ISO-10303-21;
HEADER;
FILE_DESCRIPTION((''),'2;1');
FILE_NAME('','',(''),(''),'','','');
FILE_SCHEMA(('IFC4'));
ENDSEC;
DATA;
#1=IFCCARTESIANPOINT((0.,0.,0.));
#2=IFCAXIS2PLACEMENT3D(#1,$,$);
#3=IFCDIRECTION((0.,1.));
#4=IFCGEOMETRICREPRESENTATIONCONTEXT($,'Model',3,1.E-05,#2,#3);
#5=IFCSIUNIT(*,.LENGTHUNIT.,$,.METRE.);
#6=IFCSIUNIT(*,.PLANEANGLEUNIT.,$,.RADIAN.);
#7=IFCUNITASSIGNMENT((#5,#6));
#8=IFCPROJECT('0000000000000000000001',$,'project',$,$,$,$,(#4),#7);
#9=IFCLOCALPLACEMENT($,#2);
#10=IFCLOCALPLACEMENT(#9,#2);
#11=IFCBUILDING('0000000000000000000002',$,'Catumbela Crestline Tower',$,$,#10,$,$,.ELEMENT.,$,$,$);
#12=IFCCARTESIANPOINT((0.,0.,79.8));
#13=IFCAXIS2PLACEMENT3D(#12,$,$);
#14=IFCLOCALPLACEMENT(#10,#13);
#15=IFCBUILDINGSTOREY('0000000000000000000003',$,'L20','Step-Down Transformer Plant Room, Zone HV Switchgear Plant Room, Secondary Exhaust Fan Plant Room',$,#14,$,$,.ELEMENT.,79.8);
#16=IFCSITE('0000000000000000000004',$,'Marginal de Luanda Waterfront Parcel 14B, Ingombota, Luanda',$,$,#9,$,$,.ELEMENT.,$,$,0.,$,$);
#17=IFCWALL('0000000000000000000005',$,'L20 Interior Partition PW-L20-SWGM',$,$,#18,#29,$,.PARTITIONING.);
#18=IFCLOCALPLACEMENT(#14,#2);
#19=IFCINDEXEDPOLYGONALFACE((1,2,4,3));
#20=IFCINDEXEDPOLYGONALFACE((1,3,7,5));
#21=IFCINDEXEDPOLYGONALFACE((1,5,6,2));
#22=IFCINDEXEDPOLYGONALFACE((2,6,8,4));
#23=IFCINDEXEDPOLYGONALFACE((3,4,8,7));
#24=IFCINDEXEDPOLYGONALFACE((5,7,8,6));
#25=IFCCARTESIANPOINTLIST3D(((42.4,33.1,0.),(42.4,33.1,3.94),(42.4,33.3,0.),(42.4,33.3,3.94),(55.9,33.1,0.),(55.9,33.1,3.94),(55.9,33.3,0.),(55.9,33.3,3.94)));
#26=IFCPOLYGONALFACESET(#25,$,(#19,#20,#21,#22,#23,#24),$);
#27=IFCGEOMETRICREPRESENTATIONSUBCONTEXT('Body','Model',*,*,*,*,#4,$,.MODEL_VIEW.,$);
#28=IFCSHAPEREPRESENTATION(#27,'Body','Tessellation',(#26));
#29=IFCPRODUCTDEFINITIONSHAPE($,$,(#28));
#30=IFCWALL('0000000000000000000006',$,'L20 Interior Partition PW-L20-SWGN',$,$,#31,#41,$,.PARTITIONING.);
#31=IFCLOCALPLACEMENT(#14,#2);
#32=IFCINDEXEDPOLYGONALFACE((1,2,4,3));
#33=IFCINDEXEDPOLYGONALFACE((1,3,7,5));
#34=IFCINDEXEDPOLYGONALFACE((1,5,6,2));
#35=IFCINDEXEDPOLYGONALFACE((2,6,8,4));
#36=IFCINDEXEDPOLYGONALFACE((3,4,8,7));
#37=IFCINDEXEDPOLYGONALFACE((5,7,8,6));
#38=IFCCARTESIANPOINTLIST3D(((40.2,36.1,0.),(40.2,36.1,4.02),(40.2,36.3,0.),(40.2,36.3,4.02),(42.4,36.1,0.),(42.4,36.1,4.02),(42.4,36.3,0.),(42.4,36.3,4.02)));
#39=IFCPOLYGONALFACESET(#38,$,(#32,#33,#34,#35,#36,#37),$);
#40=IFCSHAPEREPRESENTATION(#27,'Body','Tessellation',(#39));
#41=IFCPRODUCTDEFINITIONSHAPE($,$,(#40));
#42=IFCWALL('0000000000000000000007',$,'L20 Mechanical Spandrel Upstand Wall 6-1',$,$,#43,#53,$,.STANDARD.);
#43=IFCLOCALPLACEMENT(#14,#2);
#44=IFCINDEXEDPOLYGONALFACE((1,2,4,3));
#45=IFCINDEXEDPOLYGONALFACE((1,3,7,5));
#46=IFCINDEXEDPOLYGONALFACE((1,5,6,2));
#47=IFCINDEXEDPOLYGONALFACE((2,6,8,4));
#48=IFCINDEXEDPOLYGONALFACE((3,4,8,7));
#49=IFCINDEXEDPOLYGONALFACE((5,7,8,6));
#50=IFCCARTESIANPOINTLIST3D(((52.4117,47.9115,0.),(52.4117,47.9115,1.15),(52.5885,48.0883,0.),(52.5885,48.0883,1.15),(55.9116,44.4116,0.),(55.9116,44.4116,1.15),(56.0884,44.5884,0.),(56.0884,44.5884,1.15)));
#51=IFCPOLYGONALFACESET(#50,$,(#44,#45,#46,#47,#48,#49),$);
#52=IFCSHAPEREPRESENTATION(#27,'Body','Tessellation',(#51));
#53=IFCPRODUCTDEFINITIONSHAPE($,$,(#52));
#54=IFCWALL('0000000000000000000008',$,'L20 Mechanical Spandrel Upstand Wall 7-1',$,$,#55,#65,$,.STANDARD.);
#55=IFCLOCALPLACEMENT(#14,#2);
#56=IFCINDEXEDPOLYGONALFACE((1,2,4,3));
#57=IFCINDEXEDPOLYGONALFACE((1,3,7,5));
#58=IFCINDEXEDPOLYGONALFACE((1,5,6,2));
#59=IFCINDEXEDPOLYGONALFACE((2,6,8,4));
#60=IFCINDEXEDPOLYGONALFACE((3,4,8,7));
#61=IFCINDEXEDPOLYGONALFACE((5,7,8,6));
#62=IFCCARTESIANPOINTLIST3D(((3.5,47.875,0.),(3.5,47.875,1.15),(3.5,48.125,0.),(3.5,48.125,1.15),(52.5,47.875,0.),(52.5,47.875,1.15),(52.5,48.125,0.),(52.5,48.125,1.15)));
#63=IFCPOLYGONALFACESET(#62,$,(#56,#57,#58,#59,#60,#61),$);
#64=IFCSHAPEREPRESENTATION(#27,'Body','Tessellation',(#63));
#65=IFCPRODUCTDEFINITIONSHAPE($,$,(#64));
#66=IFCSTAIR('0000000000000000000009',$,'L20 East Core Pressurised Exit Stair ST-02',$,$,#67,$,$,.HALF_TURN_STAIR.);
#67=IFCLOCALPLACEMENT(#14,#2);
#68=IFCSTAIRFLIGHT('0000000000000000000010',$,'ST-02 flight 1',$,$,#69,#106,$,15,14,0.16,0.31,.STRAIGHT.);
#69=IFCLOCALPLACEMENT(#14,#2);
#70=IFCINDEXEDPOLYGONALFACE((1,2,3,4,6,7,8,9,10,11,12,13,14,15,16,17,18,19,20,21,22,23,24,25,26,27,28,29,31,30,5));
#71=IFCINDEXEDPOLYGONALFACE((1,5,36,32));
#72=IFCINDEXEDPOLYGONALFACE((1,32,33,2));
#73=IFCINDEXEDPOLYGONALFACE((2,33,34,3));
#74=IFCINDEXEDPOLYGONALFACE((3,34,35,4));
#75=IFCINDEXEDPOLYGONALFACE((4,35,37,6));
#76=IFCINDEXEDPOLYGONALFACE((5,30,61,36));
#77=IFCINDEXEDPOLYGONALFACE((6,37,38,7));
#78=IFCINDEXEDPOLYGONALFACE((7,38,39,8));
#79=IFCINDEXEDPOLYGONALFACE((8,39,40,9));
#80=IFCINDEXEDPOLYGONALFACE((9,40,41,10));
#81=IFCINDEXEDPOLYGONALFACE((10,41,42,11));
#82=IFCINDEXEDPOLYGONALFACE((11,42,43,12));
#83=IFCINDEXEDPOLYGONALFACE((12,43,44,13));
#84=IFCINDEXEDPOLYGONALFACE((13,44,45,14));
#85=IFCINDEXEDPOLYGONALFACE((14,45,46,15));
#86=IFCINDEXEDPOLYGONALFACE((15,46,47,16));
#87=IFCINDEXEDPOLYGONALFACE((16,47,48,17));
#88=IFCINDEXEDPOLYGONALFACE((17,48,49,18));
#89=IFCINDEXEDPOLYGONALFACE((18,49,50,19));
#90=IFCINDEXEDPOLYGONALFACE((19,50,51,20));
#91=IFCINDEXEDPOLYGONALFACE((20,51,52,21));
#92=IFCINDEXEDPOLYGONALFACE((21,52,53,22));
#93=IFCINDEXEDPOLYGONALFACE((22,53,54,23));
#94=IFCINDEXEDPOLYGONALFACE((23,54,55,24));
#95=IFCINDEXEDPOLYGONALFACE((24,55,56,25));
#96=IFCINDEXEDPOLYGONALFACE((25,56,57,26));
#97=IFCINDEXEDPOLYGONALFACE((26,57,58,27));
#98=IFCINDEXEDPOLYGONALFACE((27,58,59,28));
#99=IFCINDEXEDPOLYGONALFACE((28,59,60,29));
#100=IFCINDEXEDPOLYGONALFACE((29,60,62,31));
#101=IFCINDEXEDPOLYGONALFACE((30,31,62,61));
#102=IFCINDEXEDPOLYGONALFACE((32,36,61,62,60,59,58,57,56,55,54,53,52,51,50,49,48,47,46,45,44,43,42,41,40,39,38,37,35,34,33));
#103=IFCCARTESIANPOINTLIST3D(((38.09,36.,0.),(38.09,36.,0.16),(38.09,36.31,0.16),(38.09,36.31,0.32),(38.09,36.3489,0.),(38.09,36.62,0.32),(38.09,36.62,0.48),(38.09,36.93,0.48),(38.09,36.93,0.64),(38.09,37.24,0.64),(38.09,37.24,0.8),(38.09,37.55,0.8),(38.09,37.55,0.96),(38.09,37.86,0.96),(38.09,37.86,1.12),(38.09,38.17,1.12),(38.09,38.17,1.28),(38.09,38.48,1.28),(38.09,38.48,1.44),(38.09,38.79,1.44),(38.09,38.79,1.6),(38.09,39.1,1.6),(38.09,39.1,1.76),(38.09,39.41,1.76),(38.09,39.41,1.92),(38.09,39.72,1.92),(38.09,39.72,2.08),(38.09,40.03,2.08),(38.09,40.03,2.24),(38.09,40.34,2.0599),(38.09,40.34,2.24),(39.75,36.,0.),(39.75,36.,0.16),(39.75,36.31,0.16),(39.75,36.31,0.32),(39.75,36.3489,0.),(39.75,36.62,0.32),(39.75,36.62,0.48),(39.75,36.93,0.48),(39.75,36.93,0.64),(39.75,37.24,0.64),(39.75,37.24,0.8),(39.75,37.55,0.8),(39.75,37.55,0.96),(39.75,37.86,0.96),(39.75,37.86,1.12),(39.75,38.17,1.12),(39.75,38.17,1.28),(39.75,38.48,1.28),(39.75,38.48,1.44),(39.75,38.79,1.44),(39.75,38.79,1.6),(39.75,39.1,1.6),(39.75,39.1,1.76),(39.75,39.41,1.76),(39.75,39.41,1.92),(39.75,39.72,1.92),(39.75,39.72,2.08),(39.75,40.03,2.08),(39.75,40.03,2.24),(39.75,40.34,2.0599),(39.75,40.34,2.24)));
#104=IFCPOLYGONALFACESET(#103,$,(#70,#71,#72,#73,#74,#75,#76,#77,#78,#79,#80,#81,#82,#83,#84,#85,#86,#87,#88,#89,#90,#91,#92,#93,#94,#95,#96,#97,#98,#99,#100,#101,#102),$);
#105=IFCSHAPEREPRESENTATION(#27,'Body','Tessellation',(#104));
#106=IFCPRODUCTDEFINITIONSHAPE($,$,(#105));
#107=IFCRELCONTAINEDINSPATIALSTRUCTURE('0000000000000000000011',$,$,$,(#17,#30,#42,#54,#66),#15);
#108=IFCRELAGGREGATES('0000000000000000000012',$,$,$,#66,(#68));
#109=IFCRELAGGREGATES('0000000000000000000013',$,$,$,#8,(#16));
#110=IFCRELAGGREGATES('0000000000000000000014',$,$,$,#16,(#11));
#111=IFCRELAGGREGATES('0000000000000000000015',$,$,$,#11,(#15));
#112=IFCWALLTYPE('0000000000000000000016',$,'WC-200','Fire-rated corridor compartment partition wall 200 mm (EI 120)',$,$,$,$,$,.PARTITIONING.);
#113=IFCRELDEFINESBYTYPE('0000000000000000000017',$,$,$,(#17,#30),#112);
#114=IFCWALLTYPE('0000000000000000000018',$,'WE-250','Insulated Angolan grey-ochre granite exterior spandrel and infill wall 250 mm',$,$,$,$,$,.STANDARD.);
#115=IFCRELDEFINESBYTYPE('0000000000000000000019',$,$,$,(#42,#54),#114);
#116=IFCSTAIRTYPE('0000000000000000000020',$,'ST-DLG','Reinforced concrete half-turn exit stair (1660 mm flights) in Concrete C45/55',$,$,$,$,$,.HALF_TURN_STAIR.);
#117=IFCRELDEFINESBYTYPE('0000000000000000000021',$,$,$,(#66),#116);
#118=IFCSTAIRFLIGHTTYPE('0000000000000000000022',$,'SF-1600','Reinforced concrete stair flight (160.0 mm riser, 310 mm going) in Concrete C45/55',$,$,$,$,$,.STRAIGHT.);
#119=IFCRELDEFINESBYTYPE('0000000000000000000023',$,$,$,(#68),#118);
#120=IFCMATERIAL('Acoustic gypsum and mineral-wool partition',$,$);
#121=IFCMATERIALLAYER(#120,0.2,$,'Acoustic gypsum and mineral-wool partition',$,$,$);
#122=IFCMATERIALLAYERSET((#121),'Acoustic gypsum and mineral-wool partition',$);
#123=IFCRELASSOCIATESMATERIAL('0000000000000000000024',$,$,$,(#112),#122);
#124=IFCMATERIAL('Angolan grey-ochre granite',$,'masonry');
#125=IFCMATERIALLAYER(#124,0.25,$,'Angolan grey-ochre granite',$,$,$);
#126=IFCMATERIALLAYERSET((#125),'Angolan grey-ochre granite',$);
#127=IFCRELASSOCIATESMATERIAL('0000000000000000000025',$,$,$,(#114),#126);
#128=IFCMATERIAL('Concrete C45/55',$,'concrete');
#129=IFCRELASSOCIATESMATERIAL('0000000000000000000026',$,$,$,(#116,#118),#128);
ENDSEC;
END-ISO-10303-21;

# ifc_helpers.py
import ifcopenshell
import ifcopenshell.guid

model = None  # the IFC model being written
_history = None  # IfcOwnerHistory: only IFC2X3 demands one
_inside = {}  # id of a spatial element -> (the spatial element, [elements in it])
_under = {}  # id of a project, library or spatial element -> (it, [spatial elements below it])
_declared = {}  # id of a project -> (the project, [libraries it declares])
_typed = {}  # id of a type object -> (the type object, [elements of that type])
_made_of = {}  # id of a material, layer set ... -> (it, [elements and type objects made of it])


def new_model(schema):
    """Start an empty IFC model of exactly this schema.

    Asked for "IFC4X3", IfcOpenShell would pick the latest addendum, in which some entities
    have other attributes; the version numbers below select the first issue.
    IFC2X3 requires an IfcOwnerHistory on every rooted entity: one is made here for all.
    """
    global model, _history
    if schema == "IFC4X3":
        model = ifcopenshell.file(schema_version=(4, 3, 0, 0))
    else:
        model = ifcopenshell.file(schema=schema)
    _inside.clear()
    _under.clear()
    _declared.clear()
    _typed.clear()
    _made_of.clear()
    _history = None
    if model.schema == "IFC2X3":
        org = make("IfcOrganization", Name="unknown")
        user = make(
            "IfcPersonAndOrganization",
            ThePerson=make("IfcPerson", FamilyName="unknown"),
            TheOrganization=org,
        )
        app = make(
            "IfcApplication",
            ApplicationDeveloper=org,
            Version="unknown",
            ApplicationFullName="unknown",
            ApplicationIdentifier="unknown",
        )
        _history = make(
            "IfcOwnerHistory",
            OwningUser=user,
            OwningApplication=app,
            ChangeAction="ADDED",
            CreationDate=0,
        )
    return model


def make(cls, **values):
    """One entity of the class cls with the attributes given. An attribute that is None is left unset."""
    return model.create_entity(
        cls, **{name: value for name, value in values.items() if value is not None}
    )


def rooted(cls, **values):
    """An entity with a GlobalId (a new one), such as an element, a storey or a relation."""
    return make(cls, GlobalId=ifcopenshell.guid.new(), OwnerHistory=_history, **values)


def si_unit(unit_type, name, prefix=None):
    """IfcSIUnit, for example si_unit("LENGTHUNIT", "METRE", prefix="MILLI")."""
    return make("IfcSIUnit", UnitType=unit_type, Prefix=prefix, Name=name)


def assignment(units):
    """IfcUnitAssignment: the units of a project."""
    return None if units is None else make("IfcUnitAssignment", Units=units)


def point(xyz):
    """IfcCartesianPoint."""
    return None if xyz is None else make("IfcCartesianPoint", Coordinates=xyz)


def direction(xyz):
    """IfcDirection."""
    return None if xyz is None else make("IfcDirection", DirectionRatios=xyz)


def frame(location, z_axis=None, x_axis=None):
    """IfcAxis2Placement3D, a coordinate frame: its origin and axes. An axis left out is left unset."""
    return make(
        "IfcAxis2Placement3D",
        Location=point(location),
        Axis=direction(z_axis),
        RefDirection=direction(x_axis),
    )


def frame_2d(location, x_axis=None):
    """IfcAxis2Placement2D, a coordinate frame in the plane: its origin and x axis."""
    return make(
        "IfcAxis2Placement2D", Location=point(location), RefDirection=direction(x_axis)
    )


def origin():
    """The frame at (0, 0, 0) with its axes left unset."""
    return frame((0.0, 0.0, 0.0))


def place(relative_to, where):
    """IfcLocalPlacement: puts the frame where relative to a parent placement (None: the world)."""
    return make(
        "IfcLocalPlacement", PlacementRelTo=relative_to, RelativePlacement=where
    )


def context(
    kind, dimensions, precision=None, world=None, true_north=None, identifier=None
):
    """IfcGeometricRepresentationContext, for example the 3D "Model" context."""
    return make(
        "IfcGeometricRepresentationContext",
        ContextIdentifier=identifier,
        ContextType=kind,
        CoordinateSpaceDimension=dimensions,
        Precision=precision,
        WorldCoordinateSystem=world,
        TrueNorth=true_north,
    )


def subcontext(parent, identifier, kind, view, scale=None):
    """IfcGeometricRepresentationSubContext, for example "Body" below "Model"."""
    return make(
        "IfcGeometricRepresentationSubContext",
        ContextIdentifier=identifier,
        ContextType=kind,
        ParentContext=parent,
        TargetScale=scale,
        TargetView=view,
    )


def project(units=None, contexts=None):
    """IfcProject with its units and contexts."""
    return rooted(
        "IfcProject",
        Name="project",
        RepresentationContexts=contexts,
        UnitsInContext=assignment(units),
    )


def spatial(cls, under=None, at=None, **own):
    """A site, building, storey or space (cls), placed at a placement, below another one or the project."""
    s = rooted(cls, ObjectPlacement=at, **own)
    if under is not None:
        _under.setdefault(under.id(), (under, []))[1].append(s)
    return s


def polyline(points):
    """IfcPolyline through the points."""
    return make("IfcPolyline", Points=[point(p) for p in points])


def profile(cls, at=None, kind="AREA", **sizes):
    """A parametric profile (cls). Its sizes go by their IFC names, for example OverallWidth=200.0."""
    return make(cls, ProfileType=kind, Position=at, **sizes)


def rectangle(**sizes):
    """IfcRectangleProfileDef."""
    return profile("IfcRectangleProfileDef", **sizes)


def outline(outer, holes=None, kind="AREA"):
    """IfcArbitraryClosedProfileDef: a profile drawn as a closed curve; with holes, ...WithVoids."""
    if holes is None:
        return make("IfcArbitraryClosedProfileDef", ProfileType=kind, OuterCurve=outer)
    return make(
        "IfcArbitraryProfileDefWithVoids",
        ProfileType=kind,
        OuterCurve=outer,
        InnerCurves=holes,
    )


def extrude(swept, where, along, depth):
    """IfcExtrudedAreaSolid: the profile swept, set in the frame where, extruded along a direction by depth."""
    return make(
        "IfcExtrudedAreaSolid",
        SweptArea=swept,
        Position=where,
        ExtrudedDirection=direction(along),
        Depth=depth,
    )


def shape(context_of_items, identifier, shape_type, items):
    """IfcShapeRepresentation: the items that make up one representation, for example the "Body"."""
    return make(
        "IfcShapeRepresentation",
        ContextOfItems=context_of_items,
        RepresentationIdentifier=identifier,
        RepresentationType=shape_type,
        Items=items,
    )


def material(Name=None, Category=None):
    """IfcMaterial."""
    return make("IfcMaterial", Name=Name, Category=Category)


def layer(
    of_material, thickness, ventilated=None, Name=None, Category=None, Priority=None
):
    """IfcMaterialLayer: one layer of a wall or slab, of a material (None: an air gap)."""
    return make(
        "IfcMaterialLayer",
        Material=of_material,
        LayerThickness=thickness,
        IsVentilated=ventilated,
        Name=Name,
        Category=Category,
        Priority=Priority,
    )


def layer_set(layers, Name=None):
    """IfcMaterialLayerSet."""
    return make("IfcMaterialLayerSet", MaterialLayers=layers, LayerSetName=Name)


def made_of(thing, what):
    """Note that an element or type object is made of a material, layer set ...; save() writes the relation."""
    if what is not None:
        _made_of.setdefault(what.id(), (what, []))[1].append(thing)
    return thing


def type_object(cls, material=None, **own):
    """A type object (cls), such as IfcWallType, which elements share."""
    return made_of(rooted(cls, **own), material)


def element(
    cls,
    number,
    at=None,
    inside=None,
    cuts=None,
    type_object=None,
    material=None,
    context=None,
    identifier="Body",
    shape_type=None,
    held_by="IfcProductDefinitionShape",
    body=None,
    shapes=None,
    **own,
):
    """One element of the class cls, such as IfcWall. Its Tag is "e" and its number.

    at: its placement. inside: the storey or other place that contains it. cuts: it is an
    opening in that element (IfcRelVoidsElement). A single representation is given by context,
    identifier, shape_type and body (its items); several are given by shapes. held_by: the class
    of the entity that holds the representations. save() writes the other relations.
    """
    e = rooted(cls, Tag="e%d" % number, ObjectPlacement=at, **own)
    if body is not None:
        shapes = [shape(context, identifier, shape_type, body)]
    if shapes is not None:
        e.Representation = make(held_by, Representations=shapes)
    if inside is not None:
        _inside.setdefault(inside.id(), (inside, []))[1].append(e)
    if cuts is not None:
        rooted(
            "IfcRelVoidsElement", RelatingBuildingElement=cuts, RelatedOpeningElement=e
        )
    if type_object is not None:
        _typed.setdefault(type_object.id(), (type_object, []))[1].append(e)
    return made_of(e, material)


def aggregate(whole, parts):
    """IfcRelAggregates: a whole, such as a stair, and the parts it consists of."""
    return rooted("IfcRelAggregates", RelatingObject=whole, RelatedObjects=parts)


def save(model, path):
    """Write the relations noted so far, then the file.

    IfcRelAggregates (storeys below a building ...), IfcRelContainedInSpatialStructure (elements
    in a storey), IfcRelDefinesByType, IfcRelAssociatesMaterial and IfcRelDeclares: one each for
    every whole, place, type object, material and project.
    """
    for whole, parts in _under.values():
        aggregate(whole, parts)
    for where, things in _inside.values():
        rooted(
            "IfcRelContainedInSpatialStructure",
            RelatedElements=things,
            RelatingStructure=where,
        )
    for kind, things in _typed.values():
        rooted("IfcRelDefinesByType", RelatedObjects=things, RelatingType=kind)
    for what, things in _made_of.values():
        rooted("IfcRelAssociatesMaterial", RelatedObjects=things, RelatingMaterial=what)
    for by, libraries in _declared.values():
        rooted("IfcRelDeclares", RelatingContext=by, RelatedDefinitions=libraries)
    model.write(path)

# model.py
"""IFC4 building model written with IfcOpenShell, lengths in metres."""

from ifc_helpers import new_model, si_unit, direction, frame, frame_2d, origin, place, context, subcontext, project, spatial, polyline, rectangle, outline, extrude, material, layer, layer_set, type_object, element, aggregate, save


model = new_model("IFC4")

# Units and contexts
model_context = context("Model", 3, precision=1e-05, world=origin(), true_north=direction((0.0, 1.0)))
body_context = subcontext(model_context, "Body", "Model", "MODEL_VIEW")
ifc_project = project(units=[si_unit("LENGTHUNIT", "METRE"), si_unit("PLANEANGLEUNIT", "RADIAN")], contexts=[model_context])

# Site, building, storey
site_placement = place(None, origin())
site = spatial("IfcSite", under=ifc_project, at=site_placement, Name="Marginal de Luanda Waterfront Parcel 14B, Ingombota, Luanda", CompositionType="ELEMENT", RefElevation=0.0)
building_placement = place(site_placement, origin())
building = spatial("IfcBuilding", under=site, at=building_placement, Name="Catumbela Crestline Tower", CompositionType="ELEMENT")
storey_placement = place(building_placement, frame((0.0, 0.0, 79.8)))
storey = spatial("IfcBuildingStorey", under=building, at=storey_placement, Name="L20", Description="Step-Down Transformer Plant Room, Zone HV Switchgear Plant Room, Secondary Exhaust Fan Plant Room", CompositionType="ELEMENT", Elevation=79.8)

# Walls
ifc_material_1 = material(Name="Acoustic gypsum and mineral-wool partition")
ifc_layer_1 = layer(ifc_material_1, 0.2, Name="Acoustic gypsum and mineral-wool partition")
ifc_layer_set_1 = layer_set([ifc_layer_1], Name="Acoustic gypsum and mineral-wool partition")
wall_type_1 = type_object("IfcWallType", Name="WC-200", Description="Fire-rated corridor compartment partition wall 200 mm (EI 120)", PredefinedType="PARTITIONING", material=ifc_layer_set_1)
wall_1_placement = place(storey_placement, frame((42.4, 33.2, 0.0), z_axis=(0.0, 0.0, 1.0), x_axis=(1.0, 0.0, 0.0)))
element("IfcWall", 1, at=wall_1_placement, inside=storey, type_object=wall_type_1, Name="L20 Interior Partition PW-L20-SWGM", PredefinedType="PARTITIONING", context=body_context, shape_type="SweptSolid", body=[
    extrude(rectangle(XDim=13.5, YDim=0.2, at=frame_2d((6.75, 0.0))), origin(), (0.0, 0.0, 1.0), 3.94),
])
wall_2_placement = place(storey_placement, frame((40.2, 36.2, 0.0), z_axis=(0.0, 0.0, 1.0), x_axis=(1.0, 0.0, 0.0)))
element("IfcWall", 2, at=wall_2_placement, inside=storey, type_object=wall_type_1, Name="L20 Interior Partition PW-L20-SWGN", PredefinedType="PARTITIONING", context=body_context, shape_type="SweptSolid", body=[
    extrude(rectangle(XDim=2.2, YDim=0.2, at=frame_2d((1.1, 0.0))), origin(), (0.0, 0.0, 1.0), 4.02),
])
ifc_material_2 = material(Name="Angolan grey-ochre granite", Category="masonry")
ifc_layer_2 = layer(ifc_material_2, 0.25, Name="Angolan grey-ochre granite")
ifc_layer_set_2 = layer_set([ifc_layer_2], Name="Angolan grey-ochre granite")
wall_type_2 = type_object("IfcWallType", Name="WE-250", Description="Insulated Angolan grey-ochre granite exterior spandrel and infill wall 250 mm", PredefinedType="STANDARD", material=ifc_layer_set_2)
wall_3_placement = place(storey_placement, frame((56.0, 44.5, 0.0), z_axis=(0.0, 0.0, 1.0), x_axis=(-0.707107, 0.707107, 0.0)))
element("IfcWall", 3, at=wall_3_placement, inside=storey, type_object=wall_type_2, Name="L20 Mechanical Spandrel Upstand Wall 6-1", PredefinedType="STANDARD", context=body_context, shape_type="SweptSolid", body=[
    extrude(rectangle(XDim=4.9497, YDim=0.25, at=frame_2d((2.4748, 0.0))), origin(), (0.0, 0.0, 1.0), 1.15),
])
wall_4_placement = place(storey_placement, frame((52.5, 48.0, 0.0), z_axis=(0.0, 0.0, 1.0), x_axis=(-1.0, 0.0, 0.0)))
element("IfcWall", 4, at=wall_4_placement, inside=storey, type_object=wall_type_2, Name="L20 Mechanical Spandrel Upstand Wall 7-1", PredefinedType="STANDARD", context=body_context, shape_type="SweptSolid", body=[
    extrude(rectangle(XDim=49.0, YDim=0.25, at=frame_2d((24.5, 0.0))), origin(), (0.0, 0.0, 1.0), 1.15),
])

# Stair, stair flight
ifc_material_3 = material(Name="Concrete C45/55", Category="concrete")
stair_type = type_object("IfcStairType", Name="ST-DLG", Description="Reinforced concrete half-turn exit stair (1660 mm flights) in Concrete C45/55", PredefinedType="HALF_TURN_STAIR", material=ifc_material_3)
stair_placement = place(storey_placement, origin())
stair = element("IfcStair", 5, at=stair_placement, inside=storey, type_object=stair_type, Name="L20 East Core Pressurised Exit Stair ST-02", PredefinedType="HALF_TURN_STAIR")
stair_flight_type = type_object("IfcStairFlightType", Name="SF-1600", Description="Reinforced concrete stair flight (160.0 mm riser, 310 mm going) in Concrete C45/55", PredefinedType="STRAIGHT", material=ifc_material_3)
stair_flight_placement = place(storey_placement, frame((38.92, 36.0, 0.0), z_axis=(0.0, 0.0, 1.0), x_axis=(0.0, 1.0, 0.0)))
stair_flight = element("IfcStairFlight", 6, at=stair_flight_placement, type_object=stair_flight_type, Name="ST-02 flight 1", NumberOfRisers=15, NumberOfTreads=14, PredefinedType="STRAIGHT", RiserHeight=0.16, TreadLength=0.31, context=body_context, shape_type="SweptSolid", body=[
    extrude(outline(polyline([(0.0, 0.0), (0.0, 0.16), (0.31, 0.16), (0.31, 0.32), (0.62, 0.32), (0.62, 0.48), (0.93, 0.48), (0.93, 0.64), (1.24, 0.64), (1.24, 0.8), (1.55, 0.8), (1.55, 0.96), (1.86, 0.96), (1.86, 1.12), (2.17, 1.12), (2.17, 1.28), (2.48, 1.28), (2.48, 1.44), (2.79, 1.44), (2.79, 1.6), (3.1, 1.6), (3.1, 1.76), (3.41, 1.76), (3.41, 1.92), (3.72, 1.92), (3.72, 2.08), (4.03, 2.08), (4.03, 2.24), (4.34, 2.24), (4.34, 2.4), (4.34, 2.0599), (0.3489, 0.0), (0.0, 0.0)])), frame((0.0, 0.83, 0.0), z_axis=(0.0, -1.0, 0.0), x_axis=(1.0, 0.0, 0.0)), (0.0, 0.0, 1.0), 1.66),
])
aggregate(stair, [stair_flight])

save(model, "model.ifc")
